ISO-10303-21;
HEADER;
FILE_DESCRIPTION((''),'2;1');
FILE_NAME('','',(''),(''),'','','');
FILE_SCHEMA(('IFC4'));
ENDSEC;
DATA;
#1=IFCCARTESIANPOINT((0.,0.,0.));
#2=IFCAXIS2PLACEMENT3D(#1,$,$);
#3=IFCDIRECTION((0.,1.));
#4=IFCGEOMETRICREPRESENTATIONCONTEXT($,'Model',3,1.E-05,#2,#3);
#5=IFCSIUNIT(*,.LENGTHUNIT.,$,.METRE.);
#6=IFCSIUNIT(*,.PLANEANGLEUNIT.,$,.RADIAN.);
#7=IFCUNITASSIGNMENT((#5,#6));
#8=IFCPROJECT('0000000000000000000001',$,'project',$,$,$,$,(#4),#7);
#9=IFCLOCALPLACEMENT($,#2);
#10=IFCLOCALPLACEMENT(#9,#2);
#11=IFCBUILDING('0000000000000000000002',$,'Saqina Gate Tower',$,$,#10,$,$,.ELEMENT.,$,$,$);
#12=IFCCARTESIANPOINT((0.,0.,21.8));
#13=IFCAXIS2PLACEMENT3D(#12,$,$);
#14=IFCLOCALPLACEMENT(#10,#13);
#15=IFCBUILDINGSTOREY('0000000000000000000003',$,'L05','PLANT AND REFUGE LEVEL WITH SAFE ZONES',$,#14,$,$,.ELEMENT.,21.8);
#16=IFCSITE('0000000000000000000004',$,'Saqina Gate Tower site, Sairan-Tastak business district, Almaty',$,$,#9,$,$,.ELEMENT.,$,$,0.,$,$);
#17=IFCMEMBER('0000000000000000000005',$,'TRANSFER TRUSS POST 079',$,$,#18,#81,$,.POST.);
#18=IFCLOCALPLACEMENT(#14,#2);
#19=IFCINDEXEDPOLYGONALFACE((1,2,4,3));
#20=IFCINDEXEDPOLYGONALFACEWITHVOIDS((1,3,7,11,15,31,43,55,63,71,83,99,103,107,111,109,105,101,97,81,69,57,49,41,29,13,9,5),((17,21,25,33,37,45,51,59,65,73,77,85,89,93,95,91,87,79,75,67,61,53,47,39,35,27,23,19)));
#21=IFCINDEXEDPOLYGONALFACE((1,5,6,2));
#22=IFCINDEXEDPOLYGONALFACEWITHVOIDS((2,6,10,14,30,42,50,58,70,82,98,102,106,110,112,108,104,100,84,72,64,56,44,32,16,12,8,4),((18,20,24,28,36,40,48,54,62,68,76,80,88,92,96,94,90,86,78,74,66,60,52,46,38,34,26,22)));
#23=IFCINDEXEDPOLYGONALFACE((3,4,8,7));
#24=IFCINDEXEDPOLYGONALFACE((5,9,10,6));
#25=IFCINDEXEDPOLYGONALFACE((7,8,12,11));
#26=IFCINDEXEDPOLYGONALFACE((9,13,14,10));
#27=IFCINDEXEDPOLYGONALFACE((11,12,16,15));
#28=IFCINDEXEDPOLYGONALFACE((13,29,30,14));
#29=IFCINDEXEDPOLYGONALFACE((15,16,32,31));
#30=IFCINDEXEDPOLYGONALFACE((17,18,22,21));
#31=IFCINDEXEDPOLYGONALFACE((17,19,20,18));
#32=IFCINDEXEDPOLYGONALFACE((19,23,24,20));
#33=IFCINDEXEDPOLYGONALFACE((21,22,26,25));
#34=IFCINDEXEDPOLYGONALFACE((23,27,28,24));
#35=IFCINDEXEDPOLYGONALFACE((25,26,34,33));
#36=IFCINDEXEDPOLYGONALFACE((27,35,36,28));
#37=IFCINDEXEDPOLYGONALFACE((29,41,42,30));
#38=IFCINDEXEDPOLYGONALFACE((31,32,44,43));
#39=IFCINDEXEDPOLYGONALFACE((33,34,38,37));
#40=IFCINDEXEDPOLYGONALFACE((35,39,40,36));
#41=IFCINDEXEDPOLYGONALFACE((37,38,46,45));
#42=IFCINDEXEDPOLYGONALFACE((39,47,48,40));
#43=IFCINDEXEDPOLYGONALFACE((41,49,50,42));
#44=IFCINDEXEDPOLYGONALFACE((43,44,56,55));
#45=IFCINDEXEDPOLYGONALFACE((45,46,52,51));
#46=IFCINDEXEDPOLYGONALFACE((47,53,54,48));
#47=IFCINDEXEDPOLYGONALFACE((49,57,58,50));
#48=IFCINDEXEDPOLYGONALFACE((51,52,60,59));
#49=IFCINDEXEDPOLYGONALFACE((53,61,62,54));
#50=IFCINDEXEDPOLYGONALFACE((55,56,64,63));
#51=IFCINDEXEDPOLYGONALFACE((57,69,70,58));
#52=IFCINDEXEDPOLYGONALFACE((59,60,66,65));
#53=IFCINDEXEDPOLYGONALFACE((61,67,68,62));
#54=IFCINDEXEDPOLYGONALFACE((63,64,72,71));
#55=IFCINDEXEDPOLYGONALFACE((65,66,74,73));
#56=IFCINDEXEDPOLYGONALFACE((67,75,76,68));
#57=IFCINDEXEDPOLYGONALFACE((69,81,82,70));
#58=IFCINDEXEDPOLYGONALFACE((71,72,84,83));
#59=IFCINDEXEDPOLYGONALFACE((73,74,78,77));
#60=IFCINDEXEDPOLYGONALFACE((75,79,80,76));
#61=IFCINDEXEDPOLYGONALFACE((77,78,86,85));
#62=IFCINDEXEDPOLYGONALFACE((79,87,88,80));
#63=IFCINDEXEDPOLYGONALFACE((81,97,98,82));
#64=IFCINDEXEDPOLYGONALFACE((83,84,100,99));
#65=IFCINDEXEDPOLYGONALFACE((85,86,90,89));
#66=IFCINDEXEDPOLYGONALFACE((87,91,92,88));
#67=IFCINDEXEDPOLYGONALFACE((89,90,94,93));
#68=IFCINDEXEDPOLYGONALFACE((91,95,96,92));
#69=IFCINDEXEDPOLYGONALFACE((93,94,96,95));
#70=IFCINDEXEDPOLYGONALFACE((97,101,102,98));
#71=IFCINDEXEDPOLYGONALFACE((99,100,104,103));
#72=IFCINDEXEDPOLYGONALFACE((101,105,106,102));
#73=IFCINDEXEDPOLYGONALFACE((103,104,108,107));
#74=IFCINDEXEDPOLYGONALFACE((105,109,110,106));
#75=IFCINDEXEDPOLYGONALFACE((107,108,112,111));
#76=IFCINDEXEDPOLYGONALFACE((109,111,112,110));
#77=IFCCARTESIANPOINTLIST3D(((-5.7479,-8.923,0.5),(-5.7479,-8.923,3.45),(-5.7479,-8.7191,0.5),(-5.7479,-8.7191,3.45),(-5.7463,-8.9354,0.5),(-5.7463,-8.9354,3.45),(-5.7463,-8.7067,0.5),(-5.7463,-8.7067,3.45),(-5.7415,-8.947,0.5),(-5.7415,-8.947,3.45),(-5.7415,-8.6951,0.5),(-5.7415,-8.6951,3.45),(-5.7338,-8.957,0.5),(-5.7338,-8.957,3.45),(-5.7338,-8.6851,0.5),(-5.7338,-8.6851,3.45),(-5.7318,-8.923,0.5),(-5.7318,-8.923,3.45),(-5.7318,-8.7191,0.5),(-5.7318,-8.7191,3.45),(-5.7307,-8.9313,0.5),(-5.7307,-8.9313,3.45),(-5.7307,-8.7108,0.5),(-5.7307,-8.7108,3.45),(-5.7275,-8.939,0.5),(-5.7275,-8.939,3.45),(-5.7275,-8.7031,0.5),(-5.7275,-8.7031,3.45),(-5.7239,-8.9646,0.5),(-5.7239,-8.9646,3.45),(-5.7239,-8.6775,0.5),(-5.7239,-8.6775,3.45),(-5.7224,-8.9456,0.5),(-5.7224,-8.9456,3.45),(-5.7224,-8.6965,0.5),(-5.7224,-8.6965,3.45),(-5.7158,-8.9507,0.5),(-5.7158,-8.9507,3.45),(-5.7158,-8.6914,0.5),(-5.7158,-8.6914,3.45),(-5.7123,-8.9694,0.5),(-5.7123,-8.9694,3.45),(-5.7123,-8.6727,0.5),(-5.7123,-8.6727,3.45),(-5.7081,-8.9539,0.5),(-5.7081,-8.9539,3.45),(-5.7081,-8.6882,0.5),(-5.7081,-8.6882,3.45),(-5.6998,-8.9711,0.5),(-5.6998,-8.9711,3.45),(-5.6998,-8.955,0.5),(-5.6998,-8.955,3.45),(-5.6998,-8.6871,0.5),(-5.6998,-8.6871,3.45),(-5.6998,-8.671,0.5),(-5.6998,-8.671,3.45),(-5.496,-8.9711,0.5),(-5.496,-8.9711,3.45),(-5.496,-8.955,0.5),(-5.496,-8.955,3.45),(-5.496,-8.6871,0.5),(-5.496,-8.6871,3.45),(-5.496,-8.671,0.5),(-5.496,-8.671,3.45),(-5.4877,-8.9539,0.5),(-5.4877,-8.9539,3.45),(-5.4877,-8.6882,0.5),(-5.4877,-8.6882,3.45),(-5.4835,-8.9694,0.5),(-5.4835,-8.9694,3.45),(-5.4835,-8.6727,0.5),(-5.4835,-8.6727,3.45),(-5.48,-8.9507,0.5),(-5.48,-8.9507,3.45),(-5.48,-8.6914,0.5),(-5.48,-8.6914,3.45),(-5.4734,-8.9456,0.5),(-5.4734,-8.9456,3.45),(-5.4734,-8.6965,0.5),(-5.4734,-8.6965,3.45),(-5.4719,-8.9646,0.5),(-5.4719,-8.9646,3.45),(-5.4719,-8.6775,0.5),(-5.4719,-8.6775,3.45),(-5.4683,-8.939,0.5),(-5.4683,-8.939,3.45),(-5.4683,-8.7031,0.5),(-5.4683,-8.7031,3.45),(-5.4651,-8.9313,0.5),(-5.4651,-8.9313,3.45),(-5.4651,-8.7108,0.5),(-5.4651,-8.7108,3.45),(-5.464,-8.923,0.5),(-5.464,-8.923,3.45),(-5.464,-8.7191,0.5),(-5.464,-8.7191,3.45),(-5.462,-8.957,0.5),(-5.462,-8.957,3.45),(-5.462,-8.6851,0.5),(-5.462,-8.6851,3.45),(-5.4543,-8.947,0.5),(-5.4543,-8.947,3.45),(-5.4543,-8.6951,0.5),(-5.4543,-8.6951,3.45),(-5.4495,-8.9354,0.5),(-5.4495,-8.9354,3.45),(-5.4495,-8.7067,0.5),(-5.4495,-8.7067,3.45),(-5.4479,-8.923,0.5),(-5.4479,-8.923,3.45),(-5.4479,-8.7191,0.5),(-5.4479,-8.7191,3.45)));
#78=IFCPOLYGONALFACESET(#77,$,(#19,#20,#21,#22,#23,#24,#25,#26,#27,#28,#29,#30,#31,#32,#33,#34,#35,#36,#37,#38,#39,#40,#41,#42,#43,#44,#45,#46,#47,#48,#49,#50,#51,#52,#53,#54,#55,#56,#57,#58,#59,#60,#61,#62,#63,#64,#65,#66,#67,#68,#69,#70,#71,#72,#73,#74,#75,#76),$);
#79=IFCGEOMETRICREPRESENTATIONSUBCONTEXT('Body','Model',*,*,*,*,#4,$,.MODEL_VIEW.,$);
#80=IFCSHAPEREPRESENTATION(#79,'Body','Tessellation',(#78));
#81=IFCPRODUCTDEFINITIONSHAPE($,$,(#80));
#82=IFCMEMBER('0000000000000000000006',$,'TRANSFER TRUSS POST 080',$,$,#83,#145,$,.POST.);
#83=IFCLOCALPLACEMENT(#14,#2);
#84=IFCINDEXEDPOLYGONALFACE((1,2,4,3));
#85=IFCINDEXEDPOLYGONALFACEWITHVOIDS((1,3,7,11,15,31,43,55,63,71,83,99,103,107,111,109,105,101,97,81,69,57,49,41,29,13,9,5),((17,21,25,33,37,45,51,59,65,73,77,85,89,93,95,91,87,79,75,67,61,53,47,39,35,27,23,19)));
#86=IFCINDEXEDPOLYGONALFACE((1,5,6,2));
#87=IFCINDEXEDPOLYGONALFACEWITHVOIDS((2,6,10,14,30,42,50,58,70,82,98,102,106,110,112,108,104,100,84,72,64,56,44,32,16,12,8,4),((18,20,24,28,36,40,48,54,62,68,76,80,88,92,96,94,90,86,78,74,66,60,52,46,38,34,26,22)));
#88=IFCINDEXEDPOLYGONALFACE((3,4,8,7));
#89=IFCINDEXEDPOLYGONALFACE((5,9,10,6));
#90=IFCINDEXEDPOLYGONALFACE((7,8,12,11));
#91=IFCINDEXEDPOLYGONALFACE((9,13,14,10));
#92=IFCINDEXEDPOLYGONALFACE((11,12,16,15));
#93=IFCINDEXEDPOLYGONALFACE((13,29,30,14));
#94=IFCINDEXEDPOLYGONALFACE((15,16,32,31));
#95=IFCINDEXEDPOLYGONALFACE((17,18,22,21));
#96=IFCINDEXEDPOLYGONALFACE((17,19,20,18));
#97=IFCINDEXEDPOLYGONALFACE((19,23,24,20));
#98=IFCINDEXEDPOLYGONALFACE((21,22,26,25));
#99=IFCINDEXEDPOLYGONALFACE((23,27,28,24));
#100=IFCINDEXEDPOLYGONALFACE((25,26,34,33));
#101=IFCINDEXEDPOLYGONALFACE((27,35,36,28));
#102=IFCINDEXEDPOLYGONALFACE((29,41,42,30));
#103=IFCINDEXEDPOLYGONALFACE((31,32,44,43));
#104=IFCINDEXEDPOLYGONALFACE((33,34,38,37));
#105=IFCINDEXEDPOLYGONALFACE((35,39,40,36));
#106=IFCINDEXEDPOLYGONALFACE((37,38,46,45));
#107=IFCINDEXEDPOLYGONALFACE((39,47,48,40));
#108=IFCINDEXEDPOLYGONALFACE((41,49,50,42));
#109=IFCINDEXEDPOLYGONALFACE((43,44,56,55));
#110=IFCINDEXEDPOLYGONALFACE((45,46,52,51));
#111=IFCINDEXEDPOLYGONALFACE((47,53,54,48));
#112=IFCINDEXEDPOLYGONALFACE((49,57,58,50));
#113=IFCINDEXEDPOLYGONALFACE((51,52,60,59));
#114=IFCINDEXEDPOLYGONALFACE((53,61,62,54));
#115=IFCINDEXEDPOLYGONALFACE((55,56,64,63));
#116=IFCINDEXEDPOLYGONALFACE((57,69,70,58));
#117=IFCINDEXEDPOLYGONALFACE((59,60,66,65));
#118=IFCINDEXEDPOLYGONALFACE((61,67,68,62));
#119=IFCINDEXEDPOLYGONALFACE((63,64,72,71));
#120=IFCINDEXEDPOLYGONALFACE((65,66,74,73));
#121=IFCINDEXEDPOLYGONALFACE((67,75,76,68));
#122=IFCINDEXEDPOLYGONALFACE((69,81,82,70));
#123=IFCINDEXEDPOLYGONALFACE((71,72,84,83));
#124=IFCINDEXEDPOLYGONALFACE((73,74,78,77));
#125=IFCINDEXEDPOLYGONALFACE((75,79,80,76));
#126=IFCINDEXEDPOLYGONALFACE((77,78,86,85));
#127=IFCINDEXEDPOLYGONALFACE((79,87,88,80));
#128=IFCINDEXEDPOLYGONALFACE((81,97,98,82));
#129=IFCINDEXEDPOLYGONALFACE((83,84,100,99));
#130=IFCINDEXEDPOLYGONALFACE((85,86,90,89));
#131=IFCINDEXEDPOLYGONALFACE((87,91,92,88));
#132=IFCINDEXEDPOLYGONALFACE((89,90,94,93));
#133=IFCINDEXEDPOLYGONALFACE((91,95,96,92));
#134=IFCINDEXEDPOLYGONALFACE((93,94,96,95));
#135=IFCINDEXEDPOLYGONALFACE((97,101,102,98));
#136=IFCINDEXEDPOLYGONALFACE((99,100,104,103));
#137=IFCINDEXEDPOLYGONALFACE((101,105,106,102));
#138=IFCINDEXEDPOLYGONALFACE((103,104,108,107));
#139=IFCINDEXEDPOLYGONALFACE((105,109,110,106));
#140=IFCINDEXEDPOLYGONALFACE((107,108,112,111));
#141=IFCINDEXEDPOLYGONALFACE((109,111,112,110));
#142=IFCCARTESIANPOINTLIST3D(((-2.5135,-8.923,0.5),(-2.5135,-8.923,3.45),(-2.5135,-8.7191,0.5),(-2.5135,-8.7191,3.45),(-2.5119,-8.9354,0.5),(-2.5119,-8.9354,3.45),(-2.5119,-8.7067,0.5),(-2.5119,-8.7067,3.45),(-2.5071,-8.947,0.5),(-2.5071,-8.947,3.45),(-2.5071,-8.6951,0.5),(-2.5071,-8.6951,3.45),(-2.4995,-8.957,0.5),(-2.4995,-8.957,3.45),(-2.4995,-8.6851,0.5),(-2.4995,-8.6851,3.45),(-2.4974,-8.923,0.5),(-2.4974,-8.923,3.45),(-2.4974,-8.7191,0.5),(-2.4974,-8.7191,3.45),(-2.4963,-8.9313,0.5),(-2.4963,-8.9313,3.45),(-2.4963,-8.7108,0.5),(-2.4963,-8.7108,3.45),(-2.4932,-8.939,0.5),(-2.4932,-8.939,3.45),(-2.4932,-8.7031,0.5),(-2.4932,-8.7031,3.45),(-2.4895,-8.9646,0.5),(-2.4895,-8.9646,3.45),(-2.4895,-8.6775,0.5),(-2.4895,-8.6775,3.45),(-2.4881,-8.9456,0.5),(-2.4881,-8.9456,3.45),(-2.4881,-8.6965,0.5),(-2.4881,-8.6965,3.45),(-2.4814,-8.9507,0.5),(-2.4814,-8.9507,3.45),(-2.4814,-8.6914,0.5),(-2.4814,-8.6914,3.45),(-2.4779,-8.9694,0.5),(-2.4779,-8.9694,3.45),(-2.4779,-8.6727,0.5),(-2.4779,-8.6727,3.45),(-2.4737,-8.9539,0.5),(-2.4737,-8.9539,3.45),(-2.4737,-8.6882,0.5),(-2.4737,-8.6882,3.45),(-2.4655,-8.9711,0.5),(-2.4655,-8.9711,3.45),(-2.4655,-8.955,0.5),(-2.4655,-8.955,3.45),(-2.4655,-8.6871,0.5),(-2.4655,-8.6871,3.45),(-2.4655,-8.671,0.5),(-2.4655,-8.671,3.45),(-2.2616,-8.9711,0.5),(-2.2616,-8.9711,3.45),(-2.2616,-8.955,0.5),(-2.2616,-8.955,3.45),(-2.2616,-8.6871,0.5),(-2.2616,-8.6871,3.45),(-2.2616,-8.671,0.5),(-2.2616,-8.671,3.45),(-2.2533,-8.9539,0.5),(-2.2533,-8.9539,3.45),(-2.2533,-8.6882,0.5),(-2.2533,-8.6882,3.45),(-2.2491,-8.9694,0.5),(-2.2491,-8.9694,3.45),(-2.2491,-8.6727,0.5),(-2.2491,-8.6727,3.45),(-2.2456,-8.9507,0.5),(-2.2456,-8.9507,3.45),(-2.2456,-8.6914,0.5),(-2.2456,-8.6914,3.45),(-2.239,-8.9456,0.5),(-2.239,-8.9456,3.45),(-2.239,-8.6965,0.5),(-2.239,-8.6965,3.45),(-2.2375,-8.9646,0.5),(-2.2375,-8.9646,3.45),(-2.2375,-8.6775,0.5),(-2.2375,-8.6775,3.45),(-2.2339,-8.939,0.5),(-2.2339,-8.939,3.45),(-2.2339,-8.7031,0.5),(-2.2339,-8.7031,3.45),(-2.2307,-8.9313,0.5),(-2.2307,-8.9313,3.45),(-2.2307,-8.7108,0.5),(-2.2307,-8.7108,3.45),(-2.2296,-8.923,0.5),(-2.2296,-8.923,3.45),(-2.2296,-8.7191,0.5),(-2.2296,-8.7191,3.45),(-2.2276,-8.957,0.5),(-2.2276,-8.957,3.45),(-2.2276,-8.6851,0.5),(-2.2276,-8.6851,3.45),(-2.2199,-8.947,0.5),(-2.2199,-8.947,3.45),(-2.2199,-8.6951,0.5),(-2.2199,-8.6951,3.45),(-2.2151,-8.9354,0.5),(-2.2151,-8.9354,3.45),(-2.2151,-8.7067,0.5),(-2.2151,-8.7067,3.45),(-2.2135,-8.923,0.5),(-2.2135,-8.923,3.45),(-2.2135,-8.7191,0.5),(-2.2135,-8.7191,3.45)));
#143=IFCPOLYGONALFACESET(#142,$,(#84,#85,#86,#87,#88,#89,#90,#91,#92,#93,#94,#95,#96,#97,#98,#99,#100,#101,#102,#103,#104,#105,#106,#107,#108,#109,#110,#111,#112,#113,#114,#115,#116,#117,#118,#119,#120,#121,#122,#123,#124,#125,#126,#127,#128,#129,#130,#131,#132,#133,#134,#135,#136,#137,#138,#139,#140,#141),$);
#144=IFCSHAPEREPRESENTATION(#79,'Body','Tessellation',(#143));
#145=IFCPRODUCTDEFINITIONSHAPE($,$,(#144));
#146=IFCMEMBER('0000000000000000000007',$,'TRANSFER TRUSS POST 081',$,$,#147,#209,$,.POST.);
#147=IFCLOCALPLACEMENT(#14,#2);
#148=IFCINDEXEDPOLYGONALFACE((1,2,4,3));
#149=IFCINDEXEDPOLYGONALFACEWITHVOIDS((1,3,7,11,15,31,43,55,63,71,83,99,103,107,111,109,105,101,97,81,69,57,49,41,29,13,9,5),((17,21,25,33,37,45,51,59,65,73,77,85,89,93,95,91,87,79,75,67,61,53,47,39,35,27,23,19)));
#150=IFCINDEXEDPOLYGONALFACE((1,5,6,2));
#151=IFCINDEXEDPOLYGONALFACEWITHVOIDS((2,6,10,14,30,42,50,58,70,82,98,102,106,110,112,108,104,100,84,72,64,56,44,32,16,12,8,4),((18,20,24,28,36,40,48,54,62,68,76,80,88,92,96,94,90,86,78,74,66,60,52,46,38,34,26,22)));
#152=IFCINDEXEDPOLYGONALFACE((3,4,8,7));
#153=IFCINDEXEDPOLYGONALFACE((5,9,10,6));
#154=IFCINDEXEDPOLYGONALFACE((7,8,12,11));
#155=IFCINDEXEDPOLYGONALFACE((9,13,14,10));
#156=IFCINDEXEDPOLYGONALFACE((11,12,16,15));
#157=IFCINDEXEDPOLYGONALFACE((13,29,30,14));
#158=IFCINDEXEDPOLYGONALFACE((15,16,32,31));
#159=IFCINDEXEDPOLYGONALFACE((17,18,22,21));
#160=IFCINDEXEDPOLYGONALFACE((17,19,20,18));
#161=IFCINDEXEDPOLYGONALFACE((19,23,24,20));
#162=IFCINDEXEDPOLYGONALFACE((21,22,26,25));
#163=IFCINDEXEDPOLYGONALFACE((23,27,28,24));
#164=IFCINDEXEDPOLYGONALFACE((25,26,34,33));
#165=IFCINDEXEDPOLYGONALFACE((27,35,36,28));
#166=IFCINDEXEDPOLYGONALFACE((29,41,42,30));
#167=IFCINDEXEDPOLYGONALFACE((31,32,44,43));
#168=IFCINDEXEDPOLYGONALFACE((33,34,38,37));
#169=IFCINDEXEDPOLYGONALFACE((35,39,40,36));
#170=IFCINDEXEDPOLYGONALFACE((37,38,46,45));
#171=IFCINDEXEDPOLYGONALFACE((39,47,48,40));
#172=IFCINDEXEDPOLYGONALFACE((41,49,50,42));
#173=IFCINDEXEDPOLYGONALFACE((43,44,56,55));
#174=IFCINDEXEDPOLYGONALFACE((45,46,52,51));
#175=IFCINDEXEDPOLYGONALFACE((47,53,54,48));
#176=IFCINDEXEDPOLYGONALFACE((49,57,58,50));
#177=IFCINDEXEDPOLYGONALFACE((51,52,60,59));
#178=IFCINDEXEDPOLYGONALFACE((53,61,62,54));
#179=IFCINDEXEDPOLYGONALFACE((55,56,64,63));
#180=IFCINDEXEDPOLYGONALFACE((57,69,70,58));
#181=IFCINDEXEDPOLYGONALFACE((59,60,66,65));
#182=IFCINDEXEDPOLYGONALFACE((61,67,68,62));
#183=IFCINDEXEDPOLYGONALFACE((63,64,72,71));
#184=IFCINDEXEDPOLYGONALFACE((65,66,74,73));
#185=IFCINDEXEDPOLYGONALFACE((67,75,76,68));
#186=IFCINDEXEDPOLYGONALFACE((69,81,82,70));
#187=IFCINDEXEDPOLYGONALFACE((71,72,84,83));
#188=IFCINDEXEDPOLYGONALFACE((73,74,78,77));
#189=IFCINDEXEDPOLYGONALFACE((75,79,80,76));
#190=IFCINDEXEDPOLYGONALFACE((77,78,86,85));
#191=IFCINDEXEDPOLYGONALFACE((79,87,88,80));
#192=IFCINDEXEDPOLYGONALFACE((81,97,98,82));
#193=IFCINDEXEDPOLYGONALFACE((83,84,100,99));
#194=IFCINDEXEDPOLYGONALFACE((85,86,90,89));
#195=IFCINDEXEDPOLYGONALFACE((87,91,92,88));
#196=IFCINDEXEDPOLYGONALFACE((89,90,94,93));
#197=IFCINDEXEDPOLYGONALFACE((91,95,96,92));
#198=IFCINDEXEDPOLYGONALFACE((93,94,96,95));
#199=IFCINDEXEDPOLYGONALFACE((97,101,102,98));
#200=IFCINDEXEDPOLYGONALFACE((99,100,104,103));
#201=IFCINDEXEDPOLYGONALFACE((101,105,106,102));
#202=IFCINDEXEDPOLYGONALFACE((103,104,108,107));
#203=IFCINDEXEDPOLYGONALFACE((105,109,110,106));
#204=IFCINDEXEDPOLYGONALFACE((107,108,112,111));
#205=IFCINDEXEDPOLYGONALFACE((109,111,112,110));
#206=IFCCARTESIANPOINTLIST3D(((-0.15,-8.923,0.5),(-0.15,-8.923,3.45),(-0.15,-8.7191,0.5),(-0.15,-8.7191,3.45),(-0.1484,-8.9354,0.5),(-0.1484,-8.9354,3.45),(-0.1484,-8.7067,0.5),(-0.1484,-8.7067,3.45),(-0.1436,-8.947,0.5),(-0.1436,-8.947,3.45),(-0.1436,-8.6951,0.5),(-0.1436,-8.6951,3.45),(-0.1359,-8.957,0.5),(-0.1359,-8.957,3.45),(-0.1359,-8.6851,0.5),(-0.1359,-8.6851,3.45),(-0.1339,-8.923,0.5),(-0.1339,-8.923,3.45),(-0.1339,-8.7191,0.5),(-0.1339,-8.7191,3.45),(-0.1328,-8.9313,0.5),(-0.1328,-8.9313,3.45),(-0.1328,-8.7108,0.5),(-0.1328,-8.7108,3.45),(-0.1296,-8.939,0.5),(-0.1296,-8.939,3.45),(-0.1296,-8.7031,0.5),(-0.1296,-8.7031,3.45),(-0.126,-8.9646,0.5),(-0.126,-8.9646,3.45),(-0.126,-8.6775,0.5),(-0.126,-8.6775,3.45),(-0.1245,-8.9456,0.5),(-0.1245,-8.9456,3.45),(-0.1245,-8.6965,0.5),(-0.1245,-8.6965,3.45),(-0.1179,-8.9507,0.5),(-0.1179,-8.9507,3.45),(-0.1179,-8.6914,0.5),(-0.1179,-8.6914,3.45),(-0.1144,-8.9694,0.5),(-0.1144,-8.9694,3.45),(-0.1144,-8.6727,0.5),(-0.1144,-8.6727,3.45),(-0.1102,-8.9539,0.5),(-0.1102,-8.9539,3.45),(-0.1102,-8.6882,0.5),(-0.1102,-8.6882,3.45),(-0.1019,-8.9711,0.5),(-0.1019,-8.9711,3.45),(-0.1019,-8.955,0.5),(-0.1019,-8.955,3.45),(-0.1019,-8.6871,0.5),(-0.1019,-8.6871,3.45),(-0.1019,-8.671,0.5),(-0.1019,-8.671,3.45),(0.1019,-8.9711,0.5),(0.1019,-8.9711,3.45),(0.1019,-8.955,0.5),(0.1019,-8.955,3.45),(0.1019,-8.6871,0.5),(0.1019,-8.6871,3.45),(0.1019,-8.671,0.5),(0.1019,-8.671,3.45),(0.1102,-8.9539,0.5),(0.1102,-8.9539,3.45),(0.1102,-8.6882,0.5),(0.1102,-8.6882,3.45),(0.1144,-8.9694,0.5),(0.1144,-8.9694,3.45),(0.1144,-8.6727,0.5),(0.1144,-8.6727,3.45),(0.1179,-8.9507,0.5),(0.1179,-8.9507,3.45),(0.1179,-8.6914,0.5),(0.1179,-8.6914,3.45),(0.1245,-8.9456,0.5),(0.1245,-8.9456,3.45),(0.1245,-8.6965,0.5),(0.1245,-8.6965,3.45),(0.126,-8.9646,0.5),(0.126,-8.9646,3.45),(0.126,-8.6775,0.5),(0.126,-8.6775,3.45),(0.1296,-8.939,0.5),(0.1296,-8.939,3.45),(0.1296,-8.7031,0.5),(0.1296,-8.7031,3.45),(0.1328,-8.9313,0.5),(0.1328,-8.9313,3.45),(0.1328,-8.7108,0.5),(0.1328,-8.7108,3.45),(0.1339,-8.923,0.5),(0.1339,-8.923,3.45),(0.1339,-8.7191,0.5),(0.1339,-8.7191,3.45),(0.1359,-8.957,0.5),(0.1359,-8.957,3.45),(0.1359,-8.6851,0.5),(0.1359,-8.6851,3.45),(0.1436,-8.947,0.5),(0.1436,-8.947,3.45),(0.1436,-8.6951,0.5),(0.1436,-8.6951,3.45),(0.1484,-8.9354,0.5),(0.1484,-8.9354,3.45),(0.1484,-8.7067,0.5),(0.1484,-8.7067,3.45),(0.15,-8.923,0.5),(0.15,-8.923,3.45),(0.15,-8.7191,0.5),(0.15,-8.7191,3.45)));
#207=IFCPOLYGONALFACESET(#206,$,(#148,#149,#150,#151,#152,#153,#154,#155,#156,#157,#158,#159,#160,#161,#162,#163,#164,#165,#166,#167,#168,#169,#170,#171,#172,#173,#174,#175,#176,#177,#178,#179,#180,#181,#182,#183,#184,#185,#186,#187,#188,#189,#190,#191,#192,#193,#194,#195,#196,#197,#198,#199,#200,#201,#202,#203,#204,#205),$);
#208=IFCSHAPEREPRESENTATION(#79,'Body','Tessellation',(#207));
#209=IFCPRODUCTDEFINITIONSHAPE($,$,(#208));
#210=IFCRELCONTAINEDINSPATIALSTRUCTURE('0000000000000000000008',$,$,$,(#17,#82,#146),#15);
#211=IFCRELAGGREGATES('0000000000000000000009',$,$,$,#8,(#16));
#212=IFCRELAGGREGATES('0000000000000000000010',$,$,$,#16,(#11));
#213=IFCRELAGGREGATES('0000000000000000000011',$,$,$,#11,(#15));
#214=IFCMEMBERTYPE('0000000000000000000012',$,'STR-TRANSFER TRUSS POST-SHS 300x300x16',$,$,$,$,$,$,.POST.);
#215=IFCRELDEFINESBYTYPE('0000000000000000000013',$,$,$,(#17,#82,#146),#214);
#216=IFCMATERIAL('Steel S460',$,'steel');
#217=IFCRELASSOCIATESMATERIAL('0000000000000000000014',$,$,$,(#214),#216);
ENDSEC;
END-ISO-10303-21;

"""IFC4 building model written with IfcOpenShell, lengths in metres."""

from ifc_helpers import new_model, si_unit, direction, frame, origin, origin_2d, place, context, subcontext, project, spatial, hollow_rectangle, extrude, material, material_profile, profile_set, type_object, element, save


model = new_model("IFC4")

# Units and contexts
model_context = context("Model", 3, precision=1e-05, world=origin(), true_north=direction((0.0, 1.0)))
body_context = subcontext(model_context, "Body", "Model", "MODEL_VIEW")
ifc_project = project(units=[si_unit("LENGTHUNIT", "METRE"), si_unit("PLANEANGLEUNIT", "RADIAN")], contexts=[model_context])

# Site, building, storey
site_placement = place(None, origin())
site = spatial("IfcSite", under=ifc_project, at=site_placement, Name="Saqina Gate Tower site, Sairan-Tastak business district, Almaty", CompositionType="ELEMENT", RefElevation=0.0)
building_placement = place(site_placement, origin())
building = spatial("IfcBuilding", under=site, at=building_placement, Name="Saqina Gate Tower", CompositionType="ELEMENT")
storey_placement = place(building_placement, frame((0.0, 0.0, 21.8)))
storey = spatial("IfcBuildingStorey", under=building, at=storey_placement, Name="L05", Description="PLANT AND REFUGE LEVEL WITH SAFE ZONES", CompositionType="ELEMENT", Elevation=21.8)

# Members
ifc_material_1 = material(Name="Steel S460", Category="steel")
ifc_material_profile_1 = material_profile(ifc_material_1, hollow_rectangle(XDim=0.3, YDim=0.3, WallThickness=0.0161, InnerFilletRadius=0.032, OuterFilletRadius=0.0481, at=origin_2d()), Name="SHS 300x300x16")
ifc_profile_set_1 = profile_set([ifc_material_profile_1], Name="Steel S460")
member_type_1 = type_object("IfcMemberType", Name="STR-TRANSFER TRUSS POST-SHS 300x300x16", PredefinedType="POST", material=ifc_profile_set_1)
for number, where, z_axis, x_axis, name in (
    (1, (-5.5979, -8.821, 0.5), (0.0, 0.0, 1.0), (1.0, 0.0, 0.0), "TRANSFER TRUSS POST 079"),
    (2, (-2.3635, -8.821, 0.5), (0.0, 0.0, 1.0), (1.0, 0.0, 0.0), "TRANSFER TRUSS POST 080"),
    (3, (0.0, -8.821, 0.5), (0.0, 0.0, 1.0), (1.0, 0.0, 0.0), "TRANSFER TRUSS POST 081"),
):
    element("IfcMember", number, at=place(storey_placement, frame(where, z_axis=z_axis, x_axis=x_axis)), inside=storey, type_object=member_type_1, Name=name, PredefinedType="POST", context=body_context, shape_type="SweptSolid", body=[
        extrude(hollow_rectangle(XDim=0.3, YDim=0.3, WallThickness=0.0161, InnerFilletRadius=0.032, OuterFilletRadius=0.0481, at=origin_2d()), origin(), (0.0, 0.0, 1.0), 2.95),
    ])

save(model, "model.ifc")
